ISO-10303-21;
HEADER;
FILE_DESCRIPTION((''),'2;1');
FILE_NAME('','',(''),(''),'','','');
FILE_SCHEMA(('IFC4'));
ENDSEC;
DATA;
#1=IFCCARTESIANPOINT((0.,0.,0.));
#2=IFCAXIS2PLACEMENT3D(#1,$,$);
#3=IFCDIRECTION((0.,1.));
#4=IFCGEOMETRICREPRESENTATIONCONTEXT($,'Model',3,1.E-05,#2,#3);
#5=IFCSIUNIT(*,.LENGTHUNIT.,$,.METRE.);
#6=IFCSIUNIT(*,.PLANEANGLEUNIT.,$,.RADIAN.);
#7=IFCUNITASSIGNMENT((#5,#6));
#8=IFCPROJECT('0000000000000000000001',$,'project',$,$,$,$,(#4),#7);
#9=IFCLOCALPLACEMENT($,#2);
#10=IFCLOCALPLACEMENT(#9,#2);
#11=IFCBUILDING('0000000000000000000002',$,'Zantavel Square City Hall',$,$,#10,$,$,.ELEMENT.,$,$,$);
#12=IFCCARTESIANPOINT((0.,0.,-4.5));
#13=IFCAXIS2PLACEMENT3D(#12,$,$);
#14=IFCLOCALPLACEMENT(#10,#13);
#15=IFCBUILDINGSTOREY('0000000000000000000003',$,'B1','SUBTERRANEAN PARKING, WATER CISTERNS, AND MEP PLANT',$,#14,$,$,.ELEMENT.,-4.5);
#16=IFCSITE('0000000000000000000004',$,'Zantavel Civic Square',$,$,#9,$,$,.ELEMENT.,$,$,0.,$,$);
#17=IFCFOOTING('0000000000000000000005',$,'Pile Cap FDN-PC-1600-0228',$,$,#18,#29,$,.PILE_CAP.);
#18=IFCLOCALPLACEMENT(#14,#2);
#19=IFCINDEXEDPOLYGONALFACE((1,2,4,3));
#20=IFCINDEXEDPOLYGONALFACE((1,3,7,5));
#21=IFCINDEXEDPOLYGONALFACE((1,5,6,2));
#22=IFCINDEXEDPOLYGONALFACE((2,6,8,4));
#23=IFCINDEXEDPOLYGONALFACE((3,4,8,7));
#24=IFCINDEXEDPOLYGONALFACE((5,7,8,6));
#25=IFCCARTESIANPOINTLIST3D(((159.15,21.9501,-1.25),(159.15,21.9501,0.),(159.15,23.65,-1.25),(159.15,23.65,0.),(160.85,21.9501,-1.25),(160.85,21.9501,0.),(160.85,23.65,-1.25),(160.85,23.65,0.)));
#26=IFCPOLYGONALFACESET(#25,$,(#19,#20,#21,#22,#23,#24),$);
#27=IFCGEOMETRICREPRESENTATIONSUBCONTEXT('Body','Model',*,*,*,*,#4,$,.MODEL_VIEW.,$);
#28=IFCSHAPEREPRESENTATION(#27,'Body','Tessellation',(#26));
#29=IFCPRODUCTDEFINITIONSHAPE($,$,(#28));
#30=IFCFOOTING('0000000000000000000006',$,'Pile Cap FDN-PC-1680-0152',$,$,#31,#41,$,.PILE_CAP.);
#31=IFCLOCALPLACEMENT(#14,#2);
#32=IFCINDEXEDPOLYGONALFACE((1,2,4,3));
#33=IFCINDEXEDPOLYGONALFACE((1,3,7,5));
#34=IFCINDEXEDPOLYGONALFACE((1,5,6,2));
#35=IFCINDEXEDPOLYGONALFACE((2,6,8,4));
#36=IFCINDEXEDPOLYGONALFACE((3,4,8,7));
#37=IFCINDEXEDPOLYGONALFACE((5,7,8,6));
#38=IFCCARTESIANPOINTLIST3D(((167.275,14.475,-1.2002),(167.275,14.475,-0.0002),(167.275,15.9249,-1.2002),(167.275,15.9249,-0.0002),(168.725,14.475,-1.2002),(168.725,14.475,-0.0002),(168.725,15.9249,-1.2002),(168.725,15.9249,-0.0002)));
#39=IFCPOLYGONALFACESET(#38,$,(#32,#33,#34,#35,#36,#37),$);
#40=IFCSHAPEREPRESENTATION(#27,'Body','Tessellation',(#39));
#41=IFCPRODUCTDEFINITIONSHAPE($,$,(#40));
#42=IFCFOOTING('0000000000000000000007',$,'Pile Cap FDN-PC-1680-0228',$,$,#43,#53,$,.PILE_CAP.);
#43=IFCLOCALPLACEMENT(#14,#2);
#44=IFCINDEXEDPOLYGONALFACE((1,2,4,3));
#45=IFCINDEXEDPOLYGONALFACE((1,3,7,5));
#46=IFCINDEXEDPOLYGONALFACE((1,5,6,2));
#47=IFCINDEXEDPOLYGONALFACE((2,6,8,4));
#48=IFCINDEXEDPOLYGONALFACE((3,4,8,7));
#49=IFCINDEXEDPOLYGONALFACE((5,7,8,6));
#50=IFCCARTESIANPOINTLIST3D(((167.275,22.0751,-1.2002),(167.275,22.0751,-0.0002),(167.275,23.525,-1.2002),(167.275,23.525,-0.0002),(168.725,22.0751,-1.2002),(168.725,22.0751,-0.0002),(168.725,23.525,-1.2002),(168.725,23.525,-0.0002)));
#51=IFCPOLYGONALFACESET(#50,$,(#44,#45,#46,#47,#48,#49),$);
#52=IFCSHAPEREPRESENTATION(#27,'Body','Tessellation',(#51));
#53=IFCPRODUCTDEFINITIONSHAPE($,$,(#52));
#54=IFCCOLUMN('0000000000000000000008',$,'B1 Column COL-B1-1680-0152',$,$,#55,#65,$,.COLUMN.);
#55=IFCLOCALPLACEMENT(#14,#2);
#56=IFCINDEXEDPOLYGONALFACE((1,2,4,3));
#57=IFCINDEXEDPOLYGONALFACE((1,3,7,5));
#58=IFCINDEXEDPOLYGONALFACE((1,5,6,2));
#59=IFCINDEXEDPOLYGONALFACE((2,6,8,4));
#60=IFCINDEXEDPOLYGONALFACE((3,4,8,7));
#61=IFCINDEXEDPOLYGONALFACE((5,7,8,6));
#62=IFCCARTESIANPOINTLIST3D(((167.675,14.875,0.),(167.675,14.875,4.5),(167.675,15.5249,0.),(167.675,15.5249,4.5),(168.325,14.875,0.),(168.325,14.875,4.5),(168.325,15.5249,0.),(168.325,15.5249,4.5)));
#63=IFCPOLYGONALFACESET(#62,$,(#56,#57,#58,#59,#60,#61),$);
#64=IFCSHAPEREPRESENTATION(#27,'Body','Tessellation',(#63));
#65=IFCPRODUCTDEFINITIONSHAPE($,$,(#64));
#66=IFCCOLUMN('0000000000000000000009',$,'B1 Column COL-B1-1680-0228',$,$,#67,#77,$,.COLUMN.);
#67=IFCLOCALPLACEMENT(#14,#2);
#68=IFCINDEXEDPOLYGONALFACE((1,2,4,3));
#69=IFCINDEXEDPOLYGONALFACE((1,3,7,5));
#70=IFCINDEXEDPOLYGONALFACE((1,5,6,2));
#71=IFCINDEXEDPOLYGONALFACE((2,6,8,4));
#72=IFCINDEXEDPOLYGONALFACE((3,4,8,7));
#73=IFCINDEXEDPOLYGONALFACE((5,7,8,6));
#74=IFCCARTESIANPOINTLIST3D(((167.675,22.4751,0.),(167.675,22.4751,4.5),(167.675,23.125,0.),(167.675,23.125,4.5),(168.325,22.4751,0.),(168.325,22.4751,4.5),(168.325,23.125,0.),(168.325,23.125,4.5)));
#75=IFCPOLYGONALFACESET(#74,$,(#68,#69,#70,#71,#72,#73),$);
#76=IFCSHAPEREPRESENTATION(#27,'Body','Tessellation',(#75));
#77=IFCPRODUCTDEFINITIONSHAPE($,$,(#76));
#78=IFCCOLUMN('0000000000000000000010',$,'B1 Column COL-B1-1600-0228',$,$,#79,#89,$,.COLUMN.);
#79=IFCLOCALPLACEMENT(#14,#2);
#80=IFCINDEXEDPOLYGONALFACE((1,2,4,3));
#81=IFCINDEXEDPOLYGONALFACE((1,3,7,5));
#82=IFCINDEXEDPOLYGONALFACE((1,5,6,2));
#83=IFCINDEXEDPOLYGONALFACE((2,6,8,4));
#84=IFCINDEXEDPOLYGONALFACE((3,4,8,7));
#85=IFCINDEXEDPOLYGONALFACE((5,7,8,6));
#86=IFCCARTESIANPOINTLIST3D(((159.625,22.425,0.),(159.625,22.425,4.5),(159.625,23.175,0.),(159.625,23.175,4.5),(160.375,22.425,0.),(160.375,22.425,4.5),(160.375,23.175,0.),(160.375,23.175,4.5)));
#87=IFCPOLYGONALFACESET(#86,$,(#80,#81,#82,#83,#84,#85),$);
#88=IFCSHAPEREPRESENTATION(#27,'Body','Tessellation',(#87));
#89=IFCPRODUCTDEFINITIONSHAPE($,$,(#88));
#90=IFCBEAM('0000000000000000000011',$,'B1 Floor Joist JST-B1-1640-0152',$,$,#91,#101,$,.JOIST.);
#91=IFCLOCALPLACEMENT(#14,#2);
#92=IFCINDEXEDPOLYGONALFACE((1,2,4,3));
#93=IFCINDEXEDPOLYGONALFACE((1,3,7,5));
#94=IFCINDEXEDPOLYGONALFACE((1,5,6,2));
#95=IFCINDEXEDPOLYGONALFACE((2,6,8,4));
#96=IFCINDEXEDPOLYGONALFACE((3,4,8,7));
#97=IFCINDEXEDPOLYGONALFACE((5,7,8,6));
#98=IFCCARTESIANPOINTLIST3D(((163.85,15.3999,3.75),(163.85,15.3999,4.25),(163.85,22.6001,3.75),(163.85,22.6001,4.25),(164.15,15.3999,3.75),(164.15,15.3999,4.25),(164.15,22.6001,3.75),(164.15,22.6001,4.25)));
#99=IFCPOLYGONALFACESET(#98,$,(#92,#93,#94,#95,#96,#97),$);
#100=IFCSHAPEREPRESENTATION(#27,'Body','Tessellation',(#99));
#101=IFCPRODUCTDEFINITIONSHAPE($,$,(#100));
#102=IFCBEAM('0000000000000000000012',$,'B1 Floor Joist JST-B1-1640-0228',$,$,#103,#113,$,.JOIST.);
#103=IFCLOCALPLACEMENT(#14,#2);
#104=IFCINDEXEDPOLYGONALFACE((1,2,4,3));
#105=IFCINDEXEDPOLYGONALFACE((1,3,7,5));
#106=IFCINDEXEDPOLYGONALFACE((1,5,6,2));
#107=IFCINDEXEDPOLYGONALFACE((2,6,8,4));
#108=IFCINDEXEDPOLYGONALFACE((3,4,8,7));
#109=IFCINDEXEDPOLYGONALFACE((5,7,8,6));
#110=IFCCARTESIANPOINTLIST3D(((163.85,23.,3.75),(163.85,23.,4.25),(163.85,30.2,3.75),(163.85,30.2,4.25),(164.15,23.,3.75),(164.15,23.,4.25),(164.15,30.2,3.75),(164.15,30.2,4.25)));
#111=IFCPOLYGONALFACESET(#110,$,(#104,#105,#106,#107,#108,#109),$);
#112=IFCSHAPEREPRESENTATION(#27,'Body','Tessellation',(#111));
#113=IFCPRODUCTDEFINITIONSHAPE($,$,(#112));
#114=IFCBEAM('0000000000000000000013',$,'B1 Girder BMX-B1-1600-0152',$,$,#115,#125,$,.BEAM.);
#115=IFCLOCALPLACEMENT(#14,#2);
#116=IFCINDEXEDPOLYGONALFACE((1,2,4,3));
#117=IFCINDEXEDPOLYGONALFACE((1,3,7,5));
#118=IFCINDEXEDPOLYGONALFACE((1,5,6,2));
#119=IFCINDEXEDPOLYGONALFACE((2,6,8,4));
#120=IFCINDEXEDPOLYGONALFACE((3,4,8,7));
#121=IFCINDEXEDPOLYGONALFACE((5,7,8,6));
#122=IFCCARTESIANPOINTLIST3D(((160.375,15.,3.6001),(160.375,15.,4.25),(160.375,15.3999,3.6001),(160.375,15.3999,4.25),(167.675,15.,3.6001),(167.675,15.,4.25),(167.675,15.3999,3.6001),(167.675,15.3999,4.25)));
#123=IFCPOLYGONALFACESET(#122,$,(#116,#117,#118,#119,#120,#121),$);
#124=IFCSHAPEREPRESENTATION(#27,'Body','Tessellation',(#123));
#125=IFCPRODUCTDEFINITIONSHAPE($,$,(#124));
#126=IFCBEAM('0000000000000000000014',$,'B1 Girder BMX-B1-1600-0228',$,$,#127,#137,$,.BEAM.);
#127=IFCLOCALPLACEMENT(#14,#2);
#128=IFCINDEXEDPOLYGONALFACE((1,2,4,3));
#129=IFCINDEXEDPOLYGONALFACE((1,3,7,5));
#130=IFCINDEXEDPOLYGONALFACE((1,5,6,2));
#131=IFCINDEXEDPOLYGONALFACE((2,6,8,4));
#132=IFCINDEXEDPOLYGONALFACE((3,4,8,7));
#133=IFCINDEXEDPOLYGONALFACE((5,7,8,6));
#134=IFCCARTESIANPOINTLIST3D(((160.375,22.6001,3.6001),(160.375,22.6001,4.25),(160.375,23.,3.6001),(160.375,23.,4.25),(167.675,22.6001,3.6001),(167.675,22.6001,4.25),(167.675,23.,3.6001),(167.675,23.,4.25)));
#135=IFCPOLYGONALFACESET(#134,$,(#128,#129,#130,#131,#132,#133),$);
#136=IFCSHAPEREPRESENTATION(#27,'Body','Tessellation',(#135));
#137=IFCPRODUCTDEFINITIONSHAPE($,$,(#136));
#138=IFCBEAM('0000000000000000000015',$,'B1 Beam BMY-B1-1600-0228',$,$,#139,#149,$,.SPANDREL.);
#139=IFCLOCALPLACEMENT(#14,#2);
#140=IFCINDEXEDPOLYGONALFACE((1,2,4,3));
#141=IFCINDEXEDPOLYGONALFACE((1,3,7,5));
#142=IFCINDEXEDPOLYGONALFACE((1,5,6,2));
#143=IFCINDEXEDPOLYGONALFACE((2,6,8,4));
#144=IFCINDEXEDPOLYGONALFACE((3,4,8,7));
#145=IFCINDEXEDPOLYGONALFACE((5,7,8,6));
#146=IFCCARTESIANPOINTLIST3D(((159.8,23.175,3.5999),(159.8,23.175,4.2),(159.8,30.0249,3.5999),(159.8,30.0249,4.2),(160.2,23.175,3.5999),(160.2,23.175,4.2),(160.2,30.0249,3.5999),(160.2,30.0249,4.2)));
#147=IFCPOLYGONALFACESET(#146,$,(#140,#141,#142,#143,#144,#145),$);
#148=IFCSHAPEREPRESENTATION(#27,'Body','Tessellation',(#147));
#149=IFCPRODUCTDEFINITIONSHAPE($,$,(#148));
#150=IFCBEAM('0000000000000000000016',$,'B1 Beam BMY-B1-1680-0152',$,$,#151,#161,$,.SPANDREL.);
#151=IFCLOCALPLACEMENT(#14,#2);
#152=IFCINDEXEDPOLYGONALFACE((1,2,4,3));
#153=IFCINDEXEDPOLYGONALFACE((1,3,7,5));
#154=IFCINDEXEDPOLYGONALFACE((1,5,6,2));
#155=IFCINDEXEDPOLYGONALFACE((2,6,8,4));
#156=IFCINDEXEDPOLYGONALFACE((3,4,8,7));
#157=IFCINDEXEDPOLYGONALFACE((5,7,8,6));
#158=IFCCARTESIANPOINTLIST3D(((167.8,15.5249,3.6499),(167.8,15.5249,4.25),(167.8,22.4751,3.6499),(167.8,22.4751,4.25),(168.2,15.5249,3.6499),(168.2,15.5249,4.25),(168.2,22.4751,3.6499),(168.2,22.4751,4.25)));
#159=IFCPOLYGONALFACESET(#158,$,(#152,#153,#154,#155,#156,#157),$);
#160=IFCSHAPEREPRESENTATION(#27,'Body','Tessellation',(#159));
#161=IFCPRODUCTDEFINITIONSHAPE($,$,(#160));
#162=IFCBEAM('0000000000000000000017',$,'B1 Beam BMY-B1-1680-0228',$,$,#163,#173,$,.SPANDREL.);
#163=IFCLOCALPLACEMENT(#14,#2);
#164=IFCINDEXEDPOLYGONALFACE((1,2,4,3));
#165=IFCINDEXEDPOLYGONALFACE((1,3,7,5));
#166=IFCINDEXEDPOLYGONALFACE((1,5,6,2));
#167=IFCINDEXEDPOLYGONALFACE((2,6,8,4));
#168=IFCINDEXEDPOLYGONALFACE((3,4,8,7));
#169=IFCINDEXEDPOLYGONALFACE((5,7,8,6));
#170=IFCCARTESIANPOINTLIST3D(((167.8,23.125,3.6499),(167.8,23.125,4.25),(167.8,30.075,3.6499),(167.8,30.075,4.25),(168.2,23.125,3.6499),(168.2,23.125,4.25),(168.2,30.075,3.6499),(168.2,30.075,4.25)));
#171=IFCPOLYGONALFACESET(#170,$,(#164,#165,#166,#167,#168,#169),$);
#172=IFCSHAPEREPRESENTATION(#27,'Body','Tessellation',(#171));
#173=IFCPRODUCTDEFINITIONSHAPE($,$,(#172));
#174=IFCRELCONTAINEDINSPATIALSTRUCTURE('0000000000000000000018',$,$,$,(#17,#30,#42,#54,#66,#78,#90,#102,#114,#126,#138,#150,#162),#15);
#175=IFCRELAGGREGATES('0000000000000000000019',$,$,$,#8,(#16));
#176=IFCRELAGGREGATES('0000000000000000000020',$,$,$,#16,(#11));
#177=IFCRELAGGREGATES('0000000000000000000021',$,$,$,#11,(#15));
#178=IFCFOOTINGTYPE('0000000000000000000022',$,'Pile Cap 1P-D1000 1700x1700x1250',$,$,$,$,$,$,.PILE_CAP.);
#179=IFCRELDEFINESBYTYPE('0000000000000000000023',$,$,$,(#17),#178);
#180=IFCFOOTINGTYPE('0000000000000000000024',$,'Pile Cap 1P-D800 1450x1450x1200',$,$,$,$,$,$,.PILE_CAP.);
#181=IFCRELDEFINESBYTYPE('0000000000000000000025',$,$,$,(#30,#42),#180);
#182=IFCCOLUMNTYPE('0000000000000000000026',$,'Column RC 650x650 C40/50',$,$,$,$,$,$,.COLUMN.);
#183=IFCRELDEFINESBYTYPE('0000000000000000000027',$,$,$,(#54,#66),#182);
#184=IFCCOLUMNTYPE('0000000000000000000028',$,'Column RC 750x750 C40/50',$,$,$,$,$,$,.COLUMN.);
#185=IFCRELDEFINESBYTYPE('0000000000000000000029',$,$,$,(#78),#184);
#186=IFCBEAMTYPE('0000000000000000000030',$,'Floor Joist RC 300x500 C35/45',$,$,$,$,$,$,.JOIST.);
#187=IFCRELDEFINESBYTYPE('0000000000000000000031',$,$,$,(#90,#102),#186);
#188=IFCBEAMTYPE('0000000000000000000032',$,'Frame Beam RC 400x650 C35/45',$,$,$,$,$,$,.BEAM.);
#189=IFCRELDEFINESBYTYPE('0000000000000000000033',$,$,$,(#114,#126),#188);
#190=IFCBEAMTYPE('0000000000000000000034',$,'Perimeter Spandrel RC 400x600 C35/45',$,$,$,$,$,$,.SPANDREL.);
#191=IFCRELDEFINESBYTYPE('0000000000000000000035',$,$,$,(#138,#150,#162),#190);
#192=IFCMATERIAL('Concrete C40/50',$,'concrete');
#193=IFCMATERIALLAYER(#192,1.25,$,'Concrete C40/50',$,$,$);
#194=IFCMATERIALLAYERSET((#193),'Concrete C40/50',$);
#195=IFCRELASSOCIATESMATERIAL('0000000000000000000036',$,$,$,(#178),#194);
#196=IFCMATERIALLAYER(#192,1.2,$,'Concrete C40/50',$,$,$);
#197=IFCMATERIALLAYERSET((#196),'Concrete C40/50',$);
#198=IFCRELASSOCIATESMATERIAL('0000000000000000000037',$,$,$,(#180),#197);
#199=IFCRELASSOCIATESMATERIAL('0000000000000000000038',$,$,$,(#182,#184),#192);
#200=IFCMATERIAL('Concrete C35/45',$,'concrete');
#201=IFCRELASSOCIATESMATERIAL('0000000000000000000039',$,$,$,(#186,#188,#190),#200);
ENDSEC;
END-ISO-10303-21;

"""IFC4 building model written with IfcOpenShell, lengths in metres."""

from ifc_helpers import new_model, si_unit, direction, frame, origin, origin_2d, place, context, subcontext, project, spatial, rectangle, extrude, material, layer, layer_set, material_profile, profile_set, type_object, element, save


model = new_model("IFC4")

# Units and contexts
model_context = context("Model", 3, precision=1e-05, world=origin(), true_north=direction((0.0, 1.0)))
body_context = subcontext(model_context, "Body", "Model", "MODEL_VIEW")
ifc_project = project(units=[si_unit("LENGTHUNIT", "METRE"), si_unit("PLANEANGLEUNIT", "RADIAN")], contexts=[model_context])

# Site, building, storey
site_placement = place(None, origin())
site = spatial("IfcSite", under=ifc_project, at=site_placement, Name="Zantavel Civic Square", CompositionType="ELEMENT", RefElevation=0.0)
building_placement = place(site_placement, origin())
building = spatial("IfcBuilding", under=site, at=building_placement, Name="Zantavel Square City Hall", CompositionType="ELEMENT")
storey_placement = place(building_placement, frame((0.0, 0.0, -4.5)))
storey = spatial("IfcBuildingStorey", under=building, at=storey_placement, Name="B1", Description="SUBTERRANEAN PARKING, WATER CISTERNS, AND MEP PLANT", CompositionType="ELEMENT", Elevation=-4.5)

# Shared definitions
ifc_material_1 = material(Name="Concrete C35/45", Category="concrete")

# Footings
ifc_material_2 = material(Name="Concrete C40/50", Category="concrete")
ifc_layer_1 = layer(ifc_material_2, 1.25, Name="Concrete C40/50")
ifc_layer_set_1 = layer_set([ifc_layer_1], Name="Concrete C40/50")
footing_type_1 = type_object("IfcFootingType", Name="Pile Cap 1P-D1000 1700x1700x1250", PredefinedType="PILE_CAP", material=ifc_layer_set_1)
footing_1_placement = place(storey_placement, frame((160.0, 22.8, -1.25), z_axis=(0.0, 0.0, 1.0), x_axis=(1.0, 0.0, 0.0)))
element("IfcFooting", 1, at=footing_1_placement, inside=storey, type_object=footing_type_1, Name="Pile Cap FDN-PC-1600-0228", PredefinedType="PILE_CAP", context=body_context, shape_type="SweptSolid", body=[
    extrude(rectangle(XDim=1.7, YDim=1.7, at=origin_2d()), origin(), (0.0, 0.0, 1.0), 1.25),
])
ifc_layer_2 = layer(ifc_material_2, 1.2, Name="Concrete C40/50")
ifc_layer_set_2 = layer_set([ifc_layer_2], Name="Concrete C40/50")
footing_type_2 = type_object("IfcFootingType", Name="Pile Cap 1P-D800 1450x1450x1200", PredefinedType="PILE_CAP", material=ifc_layer_set_2)
for number, where, z_axis, x_axis, name in (
    (2, (168.0, 15.2, -1.2002), (0.0, 0.0, 1.0), (1.0, 0.0, 0.0), "Pile Cap FDN-PC-1680-0152"),
    (3, (168.0, 22.8, -1.2002), (0.0, 0.0, 1.0), (1.0, 0.0, 0.0), "Pile Cap FDN-PC-1680-0228"),
):
    element("IfcFooting", number, at=place(storey_placement, frame(where, z_axis=z_axis, x_axis=x_axis)), inside=storey, type_object=footing_type_2, Name=name, PredefinedType="PILE_CAP", context=body_context, shape_type="SweptSolid", body=[
        extrude(rectangle(XDim=1.45, YDim=1.45, at=origin_2d()), origin(), (0.0, 0.0, 1.0), 1.2),
    ])

# Columns
ifc_material_profile_1 = material_profile(ifc_material_2, rectangle(XDim=0.6499, YDim=0.6499, at=origin_2d()), Name="RC 650x650")
ifc_profile_set_1 = profile_set([ifc_material_profile_1], Name="Concrete C40/50")
column_type_1 = type_object("IfcColumnType", Name="Column RC 650x650 C40/50", PredefinedType="COLUMN", material=ifc_profile_set_1)
for number, where, z_axis, x_axis, name in (
    (4, (168.0, 15.2, 0.0), (0.0, 0.0, 1.0), (1.0, 0.0, 0.0), "B1 Column COL-B1-1680-0152"),
    (5, (168.0, 22.8, 0.0), (0.0, 0.0, 1.0), (1.0, 0.0, 0.0), "B1 Column COL-B1-1680-0228"),
):
    element("IfcColumn", number, at=place(storey_placement, frame(where, z_axis=z_axis, x_axis=x_axis)), inside=storey, type_object=column_type_1, Name=name, PredefinedType="COLUMN", context=body_context, shape_type="SweptSolid", body=[
        extrude(rectangle(XDim=0.6499, YDim=0.6499, at=origin_2d()), origin(), (0.0, 0.0, 1.0), 4.5),
    ])
ifc_material_profile_2 = material_profile(ifc_material_2, rectangle(XDim=0.75, YDim=0.75, at=origin_2d()), Name="RC 750x750")
ifc_profile_set_2 = profile_set([ifc_material_profile_2], Name="Concrete C40/50")
column_type_2 = type_object("IfcColumnType", Name="Column RC 750x750 C40/50", PredefinedType="COLUMN", material=ifc_profile_set_2)
column_placement = place(storey_placement, frame((160.0, 22.8, 0.0), z_axis=(0.0, 0.0, 1.0), x_axis=(1.0, 0.0, 0.0)))
element("IfcColumn", 6, at=column_placement, inside=storey, type_object=column_type_2, Name="B1 Column COL-B1-1600-0228", PredefinedType="COLUMN", context=body_context, shape_type="SweptSolid", body=[
    extrude(rectangle(XDim=0.75, YDim=0.75, at=origin_2d()), origin(), (0.0, 0.0, 1.0), 4.5),
])

# Beams
ifc_material_profile_3 = material_profile(ifc_material_1, rectangle(XDim=0.3, YDim=0.5, at=origin_2d()), Name="RC 300x500")
ifc_profile_set_3 = profile_set([ifc_material_profile_3], Name="Concrete C35/45")
beam_type_1 = type_object("IfcBeamType", Name="Floor Joist RC 300x500 C35/45", PredefinedType="JOIST", material=ifc_profile_set_3)
beam_1_placement = place(storey_placement, frame((164.0, 15.3999, 4.0), z_axis=(0.0, 1.0, 0.0), x_axis=(-1.0, 0.0, 0.0)))
element("IfcBeam", 7, at=beam_1_placement, inside=storey, type_object=beam_type_1, Name="B1 Floor Joist JST-B1-1640-0152", PredefinedType="JOIST", context=body_context, shape_type="SweptSolid", body=[
    extrude(rectangle(XDim=0.3, YDim=0.5, at=origin_2d()), origin(), (0.0, 0.0, 1.0), 7.2002),
])
beam_2_placement = place(storey_placement, frame((164.0, 23.0, 4.0), z_axis=(0.0, 1.0, 0.0), x_axis=(-1.0, 0.0, 0.0)))
element("IfcBeam", 8, at=beam_2_placement, inside=storey, type_object=beam_type_1, Name="B1 Floor Joist JST-B1-1640-0228", PredefinedType="JOIST", context=body_context, shape_type="SweptSolid", body=[
    extrude(rectangle(XDim=0.3, YDim=0.5, at=origin_2d()), origin(), (0.0, 0.0, 1.0), 7.2),
])
ifc_material_profile_4 = material_profile(ifc_material_1, rectangle(XDim=0.3999, YDim=0.6499, at=origin_2d()), Name="RC 400x650")
ifc_profile_set_4 = profile_set([ifc_material_profile_4], Name="Concrete C35/45")
beam_type_2 = type_object("IfcBeamType", Name="Frame Beam RC 400x650 C35/45", PredefinedType="BEAM", material=ifc_profile_set_4)
for number, where, z_axis, x_axis, name in (
    (9, (160.375, 15.2, 3.925), (1.0, 0.0, 0.0), (0.0, 1.0, 0.0), "B1 Girder BMX-B1-1600-0152"),
    (10, (160.375, 22.8, 3.925), (1.0, 0.0, 0.0), (0.0, 1.0, 0.0), "B1 Girder BMX-B1-1600-0228"),
):
    element("IfcBeam", number, at=place(storey_placement, frame(where, z_axis=z_axis, x_axis=x_axis)), inside=storey, type_object=beam_type_2, Name=name, PredefinedType="BEAM", context=body_context, shape_type="SweptSolid", body=[
        extrude(rectangle(XDim=0.3999, YDim=0.6499, at=origin_2d()), origin(), (0.0, 0.0, 1.0), 7.3),
    ])
ifc_material_profile_5 = material_profile(ifc_material_1, rectangle(XDim=0.3999, YDim=0.6001, at=origin_2d()), Name="RC 400x600")
ifc_profile_set_5 = profile_set([ifc_material_profile_5], Name="Concrete C35/45")
beam_type_3 = type_object("IfcBeamType", Name="Perimeter Spandrel RC 400x600 C35/45", PredefinedType="SPANDREL", material=ifc_profile_set_5)
beam_3_placement = place(storey_placement, frame((160.0, 23.175, 3.8999), z_axis=(0.0, 1.0, 0.0), x_axis=(-1.0, 0.0, 0.0)))
element("IfcBeam", 11, at=beam_3_placement, inside=storey, type_object=beam_type_3, Name="B1 Beam BMY-B1-1600-0228", PredefinedType="SPANDREL", context=body_context, shape_type="SweptSolid", body=[
    extrude(rectangle(XDim=0.3999, YDim=0.6001, at=origin_2d()), origin(), (0.0, 0.0, 1.0), 6.8499),
])
beam_4_placement = place(storey_placement, frame((168.0, 15.5249, 3.95), z_axis=(0.0, 1.0, 0.0), x_axis=(-1.0, 0.0, 0.0)))
element("IfcBeam", 12, at=beam_4_placement, inside=storey, type_object=beam_type_3, Name="B1 Beam BMY-B1-1680-0152", PredefinedType="SPANDREL", context=body_context, shape_type="SweptSolid", body=[
    extrude(rectangle(XDim=0.3999, YDim=0.6001, at=origin_2d()), origin(), (0.0, 0.0, 1.0), 6.9502),
])
beam_5_placement = place(storey_placement, frame((168.0, 23.125, 3.95), z_axis=(0.0, 1.0, 0.0), x_axis=(-1.0, 0.0, 0.0)))
element("IfcBeam", 13, at=beam_5_placement, inside=storey, type_object=beam_type_3, Name="B1 Beam BMY-B1-1680-0228", PredefinedType="SPANDREL", context=body_context, shape_type="SweptSolid", body=[
    extrude(rectangle(XDim=0.3999, YDim=0.6001, at=origin_2d()), origin(), (0.0, 0.0, 1.0), 6.95),
])

save(model, "model.ifc")
